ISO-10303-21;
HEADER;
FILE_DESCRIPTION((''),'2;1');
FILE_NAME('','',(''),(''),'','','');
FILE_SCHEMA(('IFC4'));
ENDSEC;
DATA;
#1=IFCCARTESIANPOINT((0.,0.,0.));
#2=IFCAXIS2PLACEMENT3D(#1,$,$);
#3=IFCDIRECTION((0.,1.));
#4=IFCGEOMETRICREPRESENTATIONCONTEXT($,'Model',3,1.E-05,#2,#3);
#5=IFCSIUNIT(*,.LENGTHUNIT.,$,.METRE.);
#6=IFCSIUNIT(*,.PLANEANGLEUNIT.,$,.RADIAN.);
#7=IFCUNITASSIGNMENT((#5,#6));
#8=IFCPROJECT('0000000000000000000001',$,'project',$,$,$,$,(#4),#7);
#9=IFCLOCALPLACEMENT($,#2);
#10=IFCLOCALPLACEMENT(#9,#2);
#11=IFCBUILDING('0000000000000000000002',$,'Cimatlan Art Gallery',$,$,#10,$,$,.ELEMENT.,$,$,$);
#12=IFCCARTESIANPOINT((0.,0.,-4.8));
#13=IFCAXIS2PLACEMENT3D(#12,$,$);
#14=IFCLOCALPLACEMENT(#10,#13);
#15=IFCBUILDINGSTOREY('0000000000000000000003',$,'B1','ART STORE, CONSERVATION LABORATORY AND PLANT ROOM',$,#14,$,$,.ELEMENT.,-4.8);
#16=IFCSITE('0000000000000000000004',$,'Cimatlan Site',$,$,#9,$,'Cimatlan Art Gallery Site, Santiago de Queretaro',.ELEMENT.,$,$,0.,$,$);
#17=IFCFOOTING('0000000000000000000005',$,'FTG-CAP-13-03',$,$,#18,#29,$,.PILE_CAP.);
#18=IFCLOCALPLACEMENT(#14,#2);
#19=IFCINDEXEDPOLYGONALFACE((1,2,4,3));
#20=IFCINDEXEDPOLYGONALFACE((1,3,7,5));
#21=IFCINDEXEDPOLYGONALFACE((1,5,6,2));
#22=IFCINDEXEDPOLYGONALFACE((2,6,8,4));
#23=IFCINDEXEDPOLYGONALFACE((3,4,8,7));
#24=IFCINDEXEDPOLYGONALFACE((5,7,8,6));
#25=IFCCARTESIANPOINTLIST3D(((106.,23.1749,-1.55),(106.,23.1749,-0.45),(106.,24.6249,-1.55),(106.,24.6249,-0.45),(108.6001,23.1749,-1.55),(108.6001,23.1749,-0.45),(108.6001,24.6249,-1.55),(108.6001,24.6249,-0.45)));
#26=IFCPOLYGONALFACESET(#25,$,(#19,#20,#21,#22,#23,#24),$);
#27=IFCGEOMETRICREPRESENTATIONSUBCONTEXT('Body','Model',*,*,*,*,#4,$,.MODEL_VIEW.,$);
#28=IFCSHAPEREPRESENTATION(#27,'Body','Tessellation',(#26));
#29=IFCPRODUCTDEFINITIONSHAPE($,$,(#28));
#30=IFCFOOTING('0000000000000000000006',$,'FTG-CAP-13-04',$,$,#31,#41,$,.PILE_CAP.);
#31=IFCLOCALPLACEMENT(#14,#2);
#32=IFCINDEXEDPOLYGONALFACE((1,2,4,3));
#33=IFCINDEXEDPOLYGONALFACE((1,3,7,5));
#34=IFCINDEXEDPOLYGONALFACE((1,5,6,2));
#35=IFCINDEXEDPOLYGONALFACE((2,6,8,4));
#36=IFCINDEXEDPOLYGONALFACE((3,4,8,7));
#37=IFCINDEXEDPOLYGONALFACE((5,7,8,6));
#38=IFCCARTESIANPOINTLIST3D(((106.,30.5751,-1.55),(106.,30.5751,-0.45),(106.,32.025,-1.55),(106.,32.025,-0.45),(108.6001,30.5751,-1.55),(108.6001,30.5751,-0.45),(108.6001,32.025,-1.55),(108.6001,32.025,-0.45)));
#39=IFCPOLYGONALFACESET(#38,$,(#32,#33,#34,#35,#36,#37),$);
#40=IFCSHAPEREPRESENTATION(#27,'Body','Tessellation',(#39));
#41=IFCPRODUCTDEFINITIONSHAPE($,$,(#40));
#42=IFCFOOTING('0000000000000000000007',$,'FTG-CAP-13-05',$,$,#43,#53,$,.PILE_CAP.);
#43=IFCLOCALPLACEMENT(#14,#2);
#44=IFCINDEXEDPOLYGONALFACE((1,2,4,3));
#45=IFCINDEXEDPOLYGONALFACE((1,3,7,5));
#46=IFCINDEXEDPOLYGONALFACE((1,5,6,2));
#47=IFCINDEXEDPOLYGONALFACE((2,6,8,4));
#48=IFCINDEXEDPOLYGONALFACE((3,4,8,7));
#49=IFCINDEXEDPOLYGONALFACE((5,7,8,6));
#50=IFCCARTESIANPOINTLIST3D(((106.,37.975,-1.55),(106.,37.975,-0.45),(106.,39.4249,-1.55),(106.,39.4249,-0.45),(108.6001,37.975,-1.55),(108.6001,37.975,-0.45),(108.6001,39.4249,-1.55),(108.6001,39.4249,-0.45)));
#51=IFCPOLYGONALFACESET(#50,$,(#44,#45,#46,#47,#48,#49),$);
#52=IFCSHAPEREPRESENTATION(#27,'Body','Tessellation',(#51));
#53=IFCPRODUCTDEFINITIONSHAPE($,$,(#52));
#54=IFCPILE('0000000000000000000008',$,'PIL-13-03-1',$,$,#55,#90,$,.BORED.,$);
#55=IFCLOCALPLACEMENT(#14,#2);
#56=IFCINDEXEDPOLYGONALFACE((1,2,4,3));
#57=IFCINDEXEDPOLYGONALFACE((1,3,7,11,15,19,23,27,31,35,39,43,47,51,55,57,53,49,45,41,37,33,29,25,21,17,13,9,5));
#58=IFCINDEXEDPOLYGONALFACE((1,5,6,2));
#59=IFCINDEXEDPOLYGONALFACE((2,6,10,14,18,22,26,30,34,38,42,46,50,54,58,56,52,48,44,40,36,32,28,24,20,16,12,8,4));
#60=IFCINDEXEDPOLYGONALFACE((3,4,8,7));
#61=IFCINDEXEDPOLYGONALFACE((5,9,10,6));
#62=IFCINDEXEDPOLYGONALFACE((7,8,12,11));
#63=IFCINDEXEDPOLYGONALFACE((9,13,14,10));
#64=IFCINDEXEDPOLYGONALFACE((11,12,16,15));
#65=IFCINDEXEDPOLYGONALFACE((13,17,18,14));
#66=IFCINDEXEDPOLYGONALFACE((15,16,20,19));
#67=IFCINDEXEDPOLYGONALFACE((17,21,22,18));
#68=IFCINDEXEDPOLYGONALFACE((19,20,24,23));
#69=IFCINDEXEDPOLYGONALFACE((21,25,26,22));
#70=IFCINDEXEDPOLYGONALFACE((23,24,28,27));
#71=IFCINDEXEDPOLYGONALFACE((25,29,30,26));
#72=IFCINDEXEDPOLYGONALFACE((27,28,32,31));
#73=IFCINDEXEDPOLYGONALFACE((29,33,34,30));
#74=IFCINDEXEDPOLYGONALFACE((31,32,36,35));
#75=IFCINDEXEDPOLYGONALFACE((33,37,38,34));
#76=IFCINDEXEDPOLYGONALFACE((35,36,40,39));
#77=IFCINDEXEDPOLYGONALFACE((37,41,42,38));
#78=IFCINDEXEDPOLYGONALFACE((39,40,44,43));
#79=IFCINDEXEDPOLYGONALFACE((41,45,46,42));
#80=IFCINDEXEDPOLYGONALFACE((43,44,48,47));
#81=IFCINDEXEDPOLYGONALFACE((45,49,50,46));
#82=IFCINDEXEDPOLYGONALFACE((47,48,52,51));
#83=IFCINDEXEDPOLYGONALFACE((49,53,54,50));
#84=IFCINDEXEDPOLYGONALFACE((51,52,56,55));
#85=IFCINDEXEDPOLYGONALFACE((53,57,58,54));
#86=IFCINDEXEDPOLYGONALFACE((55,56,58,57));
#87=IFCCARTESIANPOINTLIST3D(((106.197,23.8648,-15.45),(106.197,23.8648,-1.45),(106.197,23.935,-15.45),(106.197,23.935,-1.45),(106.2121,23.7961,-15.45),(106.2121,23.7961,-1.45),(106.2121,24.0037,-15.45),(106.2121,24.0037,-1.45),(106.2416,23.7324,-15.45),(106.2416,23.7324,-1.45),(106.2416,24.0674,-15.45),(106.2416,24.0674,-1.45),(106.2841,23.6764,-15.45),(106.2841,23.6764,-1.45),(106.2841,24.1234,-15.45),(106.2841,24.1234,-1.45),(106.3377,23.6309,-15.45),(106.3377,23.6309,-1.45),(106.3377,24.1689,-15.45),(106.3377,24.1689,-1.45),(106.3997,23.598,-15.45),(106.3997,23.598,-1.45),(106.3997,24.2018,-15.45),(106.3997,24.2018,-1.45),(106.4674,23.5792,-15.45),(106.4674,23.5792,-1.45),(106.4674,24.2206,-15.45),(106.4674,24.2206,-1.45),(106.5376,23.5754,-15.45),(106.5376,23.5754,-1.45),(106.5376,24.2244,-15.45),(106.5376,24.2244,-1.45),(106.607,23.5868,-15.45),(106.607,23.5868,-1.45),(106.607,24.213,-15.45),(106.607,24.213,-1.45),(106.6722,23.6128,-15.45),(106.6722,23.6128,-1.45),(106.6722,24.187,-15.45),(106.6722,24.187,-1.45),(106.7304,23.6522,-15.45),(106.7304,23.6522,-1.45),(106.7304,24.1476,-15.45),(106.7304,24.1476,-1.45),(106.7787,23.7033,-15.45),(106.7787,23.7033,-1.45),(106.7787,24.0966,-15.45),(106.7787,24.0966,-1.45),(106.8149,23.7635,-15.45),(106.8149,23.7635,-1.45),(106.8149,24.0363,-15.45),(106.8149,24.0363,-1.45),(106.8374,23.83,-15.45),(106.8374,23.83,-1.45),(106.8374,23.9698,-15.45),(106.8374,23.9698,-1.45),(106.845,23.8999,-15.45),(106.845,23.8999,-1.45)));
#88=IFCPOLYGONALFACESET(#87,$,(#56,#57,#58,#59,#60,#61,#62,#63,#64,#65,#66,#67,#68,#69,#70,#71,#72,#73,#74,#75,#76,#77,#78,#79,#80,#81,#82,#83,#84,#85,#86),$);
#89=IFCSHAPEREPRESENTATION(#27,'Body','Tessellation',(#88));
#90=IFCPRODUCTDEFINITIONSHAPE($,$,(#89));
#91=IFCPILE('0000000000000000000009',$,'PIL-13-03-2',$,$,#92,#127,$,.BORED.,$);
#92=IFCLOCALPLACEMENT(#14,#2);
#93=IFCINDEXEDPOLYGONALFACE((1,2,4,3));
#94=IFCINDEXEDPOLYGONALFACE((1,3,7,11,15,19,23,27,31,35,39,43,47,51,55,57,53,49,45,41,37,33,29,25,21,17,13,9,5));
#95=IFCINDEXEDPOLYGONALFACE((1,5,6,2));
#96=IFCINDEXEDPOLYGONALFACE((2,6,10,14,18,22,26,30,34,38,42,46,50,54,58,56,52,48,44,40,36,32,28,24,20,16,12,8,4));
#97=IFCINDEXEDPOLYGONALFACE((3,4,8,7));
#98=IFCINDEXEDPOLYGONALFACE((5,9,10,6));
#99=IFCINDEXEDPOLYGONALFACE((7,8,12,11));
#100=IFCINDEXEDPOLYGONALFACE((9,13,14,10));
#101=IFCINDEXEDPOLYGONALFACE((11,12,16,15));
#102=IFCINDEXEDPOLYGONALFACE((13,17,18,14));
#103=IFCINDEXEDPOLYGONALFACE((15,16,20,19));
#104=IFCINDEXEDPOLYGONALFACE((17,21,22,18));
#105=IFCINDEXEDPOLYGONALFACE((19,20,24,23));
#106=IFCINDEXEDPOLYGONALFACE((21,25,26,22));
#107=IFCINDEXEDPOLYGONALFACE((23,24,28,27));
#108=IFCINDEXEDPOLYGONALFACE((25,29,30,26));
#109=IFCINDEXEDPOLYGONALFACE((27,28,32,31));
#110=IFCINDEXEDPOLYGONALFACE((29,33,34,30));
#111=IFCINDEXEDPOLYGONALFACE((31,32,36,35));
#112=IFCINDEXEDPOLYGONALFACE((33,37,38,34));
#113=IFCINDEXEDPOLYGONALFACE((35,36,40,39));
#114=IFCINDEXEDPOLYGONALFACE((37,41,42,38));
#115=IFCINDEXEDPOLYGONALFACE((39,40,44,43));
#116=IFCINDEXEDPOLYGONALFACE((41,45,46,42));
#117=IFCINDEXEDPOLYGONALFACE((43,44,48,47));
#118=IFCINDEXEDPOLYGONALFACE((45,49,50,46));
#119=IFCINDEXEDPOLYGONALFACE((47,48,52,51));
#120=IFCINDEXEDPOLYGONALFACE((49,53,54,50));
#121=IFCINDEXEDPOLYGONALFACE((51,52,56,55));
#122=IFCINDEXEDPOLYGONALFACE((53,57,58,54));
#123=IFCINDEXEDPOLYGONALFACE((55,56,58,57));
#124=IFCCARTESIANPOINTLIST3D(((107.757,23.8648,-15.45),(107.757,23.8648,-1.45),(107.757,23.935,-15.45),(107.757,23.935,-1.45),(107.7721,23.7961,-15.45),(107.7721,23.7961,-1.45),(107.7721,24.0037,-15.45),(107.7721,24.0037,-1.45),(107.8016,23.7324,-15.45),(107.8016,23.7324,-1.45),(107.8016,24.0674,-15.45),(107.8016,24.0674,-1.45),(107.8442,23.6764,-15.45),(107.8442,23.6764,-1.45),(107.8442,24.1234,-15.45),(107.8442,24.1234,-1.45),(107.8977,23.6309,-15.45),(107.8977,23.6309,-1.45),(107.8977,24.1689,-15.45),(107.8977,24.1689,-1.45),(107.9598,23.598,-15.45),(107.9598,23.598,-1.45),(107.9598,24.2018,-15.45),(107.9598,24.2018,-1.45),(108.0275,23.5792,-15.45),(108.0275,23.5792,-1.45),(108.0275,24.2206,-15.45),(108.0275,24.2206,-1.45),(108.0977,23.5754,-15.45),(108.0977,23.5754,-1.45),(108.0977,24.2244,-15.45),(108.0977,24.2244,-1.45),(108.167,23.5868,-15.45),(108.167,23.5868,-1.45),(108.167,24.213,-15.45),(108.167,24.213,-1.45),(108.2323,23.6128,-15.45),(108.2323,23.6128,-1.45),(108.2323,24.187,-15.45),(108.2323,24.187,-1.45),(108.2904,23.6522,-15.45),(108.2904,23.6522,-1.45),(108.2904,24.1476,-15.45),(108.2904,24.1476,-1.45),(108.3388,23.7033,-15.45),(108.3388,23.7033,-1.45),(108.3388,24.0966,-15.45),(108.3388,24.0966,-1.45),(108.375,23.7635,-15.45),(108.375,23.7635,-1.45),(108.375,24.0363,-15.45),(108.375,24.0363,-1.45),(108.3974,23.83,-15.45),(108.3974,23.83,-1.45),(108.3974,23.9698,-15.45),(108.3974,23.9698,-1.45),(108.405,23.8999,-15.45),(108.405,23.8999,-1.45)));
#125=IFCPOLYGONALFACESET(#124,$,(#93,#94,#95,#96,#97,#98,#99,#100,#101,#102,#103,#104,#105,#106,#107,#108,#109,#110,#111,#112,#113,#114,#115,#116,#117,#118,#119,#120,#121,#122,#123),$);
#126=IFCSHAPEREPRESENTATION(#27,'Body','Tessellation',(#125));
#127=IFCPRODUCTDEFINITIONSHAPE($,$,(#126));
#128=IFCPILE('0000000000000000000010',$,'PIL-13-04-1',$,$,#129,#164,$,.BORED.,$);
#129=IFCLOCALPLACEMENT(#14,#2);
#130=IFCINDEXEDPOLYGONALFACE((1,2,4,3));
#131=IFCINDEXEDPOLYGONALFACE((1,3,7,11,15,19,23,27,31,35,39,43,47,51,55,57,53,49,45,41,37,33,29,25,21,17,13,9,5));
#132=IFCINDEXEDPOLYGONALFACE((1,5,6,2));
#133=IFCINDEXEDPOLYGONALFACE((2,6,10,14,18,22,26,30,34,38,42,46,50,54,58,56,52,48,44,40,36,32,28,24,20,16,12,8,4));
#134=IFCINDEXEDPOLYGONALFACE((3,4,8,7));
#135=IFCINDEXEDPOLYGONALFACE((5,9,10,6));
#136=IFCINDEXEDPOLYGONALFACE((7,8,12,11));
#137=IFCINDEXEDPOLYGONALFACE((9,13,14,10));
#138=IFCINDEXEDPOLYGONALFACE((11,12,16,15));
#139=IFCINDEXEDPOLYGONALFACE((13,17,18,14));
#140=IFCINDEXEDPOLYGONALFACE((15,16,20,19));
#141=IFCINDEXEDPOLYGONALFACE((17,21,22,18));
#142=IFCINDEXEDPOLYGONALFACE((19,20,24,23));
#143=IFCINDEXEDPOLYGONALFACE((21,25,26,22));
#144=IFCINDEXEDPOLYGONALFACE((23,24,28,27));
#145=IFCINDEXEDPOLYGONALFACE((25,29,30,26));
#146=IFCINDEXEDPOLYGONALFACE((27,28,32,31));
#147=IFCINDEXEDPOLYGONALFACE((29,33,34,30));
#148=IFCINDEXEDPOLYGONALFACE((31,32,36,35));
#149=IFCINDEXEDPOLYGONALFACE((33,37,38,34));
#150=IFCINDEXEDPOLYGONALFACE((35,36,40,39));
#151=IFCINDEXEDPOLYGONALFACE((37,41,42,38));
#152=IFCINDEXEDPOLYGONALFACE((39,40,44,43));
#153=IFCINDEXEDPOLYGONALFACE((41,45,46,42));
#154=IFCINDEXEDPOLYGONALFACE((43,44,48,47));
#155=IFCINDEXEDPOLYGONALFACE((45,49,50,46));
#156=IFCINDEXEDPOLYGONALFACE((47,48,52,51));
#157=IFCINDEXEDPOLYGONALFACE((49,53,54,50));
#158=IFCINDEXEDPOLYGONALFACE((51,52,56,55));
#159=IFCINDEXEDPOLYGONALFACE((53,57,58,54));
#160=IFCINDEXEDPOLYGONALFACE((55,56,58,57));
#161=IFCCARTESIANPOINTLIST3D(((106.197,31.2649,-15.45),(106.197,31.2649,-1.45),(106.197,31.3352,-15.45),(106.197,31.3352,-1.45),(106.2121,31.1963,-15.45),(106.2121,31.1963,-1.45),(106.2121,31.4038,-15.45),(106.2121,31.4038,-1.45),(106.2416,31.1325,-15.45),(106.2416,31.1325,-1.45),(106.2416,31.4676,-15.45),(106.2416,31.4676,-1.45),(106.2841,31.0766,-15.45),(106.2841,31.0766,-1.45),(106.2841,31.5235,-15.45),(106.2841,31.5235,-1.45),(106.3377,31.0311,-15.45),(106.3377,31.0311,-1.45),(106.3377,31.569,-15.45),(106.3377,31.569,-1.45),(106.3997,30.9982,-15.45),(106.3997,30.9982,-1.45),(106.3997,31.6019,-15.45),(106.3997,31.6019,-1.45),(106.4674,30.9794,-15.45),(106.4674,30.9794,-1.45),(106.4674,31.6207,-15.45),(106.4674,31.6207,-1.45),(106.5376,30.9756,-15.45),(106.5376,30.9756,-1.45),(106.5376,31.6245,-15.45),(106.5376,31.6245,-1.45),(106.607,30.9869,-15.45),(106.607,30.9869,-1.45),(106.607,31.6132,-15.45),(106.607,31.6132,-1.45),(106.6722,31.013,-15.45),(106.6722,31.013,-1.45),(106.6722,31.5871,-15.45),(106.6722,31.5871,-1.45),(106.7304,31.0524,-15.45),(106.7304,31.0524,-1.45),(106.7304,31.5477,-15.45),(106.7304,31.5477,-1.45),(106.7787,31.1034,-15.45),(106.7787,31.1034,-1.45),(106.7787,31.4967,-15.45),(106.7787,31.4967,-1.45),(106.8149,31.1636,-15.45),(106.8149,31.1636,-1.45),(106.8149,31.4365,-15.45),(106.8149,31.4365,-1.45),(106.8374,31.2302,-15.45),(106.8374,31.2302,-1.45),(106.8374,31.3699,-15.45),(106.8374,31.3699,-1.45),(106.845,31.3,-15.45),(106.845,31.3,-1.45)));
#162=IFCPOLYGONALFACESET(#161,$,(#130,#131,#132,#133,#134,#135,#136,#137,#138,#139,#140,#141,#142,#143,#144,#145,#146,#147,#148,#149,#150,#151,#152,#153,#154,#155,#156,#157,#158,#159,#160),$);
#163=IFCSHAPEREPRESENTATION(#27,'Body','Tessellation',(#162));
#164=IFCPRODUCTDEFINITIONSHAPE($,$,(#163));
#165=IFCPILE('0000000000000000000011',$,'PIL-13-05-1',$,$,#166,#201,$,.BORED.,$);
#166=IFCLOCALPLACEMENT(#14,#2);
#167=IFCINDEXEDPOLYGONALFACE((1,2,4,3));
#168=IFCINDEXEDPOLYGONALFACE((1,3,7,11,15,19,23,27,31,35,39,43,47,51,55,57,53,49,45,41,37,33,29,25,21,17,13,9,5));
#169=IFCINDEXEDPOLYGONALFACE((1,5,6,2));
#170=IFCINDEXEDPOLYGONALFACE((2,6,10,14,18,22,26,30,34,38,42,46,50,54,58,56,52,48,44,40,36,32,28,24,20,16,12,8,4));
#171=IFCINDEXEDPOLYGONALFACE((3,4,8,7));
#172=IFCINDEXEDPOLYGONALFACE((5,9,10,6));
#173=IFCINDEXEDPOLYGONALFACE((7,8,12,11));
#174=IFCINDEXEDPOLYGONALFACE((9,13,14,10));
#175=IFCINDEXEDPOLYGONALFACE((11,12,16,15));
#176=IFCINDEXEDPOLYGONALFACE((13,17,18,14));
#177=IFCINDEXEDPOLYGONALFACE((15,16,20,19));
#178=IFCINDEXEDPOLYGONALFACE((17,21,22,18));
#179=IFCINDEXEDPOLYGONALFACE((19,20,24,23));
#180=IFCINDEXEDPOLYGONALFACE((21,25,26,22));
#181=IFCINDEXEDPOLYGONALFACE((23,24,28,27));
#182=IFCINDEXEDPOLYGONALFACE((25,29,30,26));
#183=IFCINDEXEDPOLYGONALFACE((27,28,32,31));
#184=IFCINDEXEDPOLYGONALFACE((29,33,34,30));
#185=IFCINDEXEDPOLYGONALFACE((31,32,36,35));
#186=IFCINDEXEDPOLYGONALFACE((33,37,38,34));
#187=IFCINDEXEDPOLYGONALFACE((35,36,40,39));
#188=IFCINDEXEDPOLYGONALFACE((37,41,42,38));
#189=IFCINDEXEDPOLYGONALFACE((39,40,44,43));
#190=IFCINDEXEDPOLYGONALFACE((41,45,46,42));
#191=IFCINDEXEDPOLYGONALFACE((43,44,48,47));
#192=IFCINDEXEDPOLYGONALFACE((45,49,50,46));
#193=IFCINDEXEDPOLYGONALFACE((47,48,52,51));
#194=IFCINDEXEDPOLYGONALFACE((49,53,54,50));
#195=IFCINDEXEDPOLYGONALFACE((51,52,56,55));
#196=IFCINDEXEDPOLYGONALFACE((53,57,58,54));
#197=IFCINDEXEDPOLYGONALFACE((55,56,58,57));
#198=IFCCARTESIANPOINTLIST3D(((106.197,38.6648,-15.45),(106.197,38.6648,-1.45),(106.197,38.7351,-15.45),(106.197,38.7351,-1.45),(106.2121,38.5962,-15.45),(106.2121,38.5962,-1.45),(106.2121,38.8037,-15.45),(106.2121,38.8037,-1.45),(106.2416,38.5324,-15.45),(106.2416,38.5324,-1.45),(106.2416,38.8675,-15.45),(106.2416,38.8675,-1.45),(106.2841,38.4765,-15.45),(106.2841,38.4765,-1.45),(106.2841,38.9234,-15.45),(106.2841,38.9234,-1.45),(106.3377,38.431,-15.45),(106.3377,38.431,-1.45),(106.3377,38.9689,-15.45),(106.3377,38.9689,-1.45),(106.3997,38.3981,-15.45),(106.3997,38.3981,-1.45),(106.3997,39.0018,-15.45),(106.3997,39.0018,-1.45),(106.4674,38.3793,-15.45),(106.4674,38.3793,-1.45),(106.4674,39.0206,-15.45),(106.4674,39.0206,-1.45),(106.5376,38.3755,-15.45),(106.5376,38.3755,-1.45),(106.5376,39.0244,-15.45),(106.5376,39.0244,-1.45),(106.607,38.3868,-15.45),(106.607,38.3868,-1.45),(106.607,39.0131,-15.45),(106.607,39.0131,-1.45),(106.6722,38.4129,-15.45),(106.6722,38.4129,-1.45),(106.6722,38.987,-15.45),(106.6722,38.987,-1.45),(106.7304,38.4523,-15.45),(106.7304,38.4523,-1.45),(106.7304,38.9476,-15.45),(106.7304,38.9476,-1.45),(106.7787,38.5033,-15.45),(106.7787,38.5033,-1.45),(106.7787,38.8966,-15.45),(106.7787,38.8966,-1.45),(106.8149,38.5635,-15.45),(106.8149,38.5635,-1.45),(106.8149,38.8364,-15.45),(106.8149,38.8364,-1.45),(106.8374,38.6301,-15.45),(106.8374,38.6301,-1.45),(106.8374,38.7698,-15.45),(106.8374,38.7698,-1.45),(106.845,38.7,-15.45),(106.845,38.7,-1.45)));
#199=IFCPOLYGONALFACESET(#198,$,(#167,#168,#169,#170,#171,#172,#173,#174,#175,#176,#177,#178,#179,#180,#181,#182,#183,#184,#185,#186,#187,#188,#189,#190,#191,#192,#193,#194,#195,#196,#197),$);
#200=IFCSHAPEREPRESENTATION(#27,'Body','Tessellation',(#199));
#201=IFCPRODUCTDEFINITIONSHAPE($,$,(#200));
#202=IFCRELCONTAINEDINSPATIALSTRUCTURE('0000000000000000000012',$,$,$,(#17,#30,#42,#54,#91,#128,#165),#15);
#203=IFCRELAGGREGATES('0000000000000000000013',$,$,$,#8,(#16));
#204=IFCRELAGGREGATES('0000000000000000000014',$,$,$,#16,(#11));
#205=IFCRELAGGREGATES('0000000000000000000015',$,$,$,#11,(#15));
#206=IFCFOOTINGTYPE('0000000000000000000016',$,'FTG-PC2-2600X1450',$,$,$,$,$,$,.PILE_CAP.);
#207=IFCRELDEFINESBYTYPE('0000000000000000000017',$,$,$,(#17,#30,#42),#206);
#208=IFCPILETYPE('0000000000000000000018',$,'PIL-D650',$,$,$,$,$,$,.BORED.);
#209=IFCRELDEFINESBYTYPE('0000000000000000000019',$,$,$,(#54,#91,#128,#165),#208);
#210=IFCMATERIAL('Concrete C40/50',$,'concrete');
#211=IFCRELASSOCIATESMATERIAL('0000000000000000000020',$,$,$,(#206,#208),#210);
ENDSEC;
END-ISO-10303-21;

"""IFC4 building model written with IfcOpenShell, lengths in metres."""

from ifc_helpers import new_model, si_unit, direction, frame, origin, origin_2d, place, context, subcontext, project, spatial, rectangle, circle, extrude, material, type_object, element, save


model = new_model("IFC4")

# Units and contexts
model_context = context("Model", 3, precision=1e-05, world=origin(), true_north=direction((0.0, 1.0)))
body_context = subcontext(model_context, "Body", "Model", "MODEL_VIEW")
ifc_project = project(units=[si_unit("LENGTHUNIT", "METRE"), si_unit("PLANEANGLEUNIT", "RADIAN")], contexts=[model_context])

# Site, building, storey
site_placement = place(None, origin())
site = spatial("IfcSite", under=ifc_project, at=site_placement, Name="Cimatlan Site", LongName="Cimatlan Art Gallery Site, Santiago de Queretaro", CompositionType="ELEMENT", RefElevation=0.0)
building_placement = place(site_placement, origin())
building = spatial("IfcBuilding", under=site, at=building_placement, Name="Cimatlan Art Gallery", CompositionType="ELEMENT")
storey_placement = place(building_placement, frame((0.0, 0.0, -4.8)))
storey = spatial("IfcBuildingStorey", under=building, at=storey_placement, Name="B1", Description="ART STORE, CONSERVATION LABORATORY AND PLANT ROOM", CompositionType="ELEMENT", Elevation=-4.8)

# Footings
ifc_material_1 = material(Name="Concrete C40/50", Category="concrete")
footing_type = type_object("IfcFootingType", Name="FTG-PC2-2600X1450", PredefinedType="PILE_CAP", material=ifc_material_1)
for number, where, z_axis, x_axis, name in (
    (1, (107.3, 23.8999, -1.55), (0.0, 0.0, 1.0), (1.0, 0.0, 0.0), "FTG-CAP-13-03"),
    (2, (107.3, 31.3, -1.55), (0.0, 0.0, 1.0), (1.0, 0.0, 0.0), "FTG-CAP-13-04"),
    (3, (107.3, 38.7, -1.55), (0.0, 0.0, 1.0), (1.0, 0.0, 0.0), "FTG-CAP-13-05"),
):
    element("IfcFooting", number, at=place(storey_placement, frame(where, z_axis=z_axis, x_axis=x_axis)), inside=storey, type_object=footing_type, Name=name, PredefinedType="PILE_CAP", context=body_context, shape_type="SweptSolid", body=[
        extrude(rectangle(XDim=2.6001, YDim=1.45, at=origin_2d()), origin(), (0.0, 0.0, 1.0), 1.1001),
    ])

# Piles
pile_type_1 = type_object("IfcPileType", Name="PIL-D650", PredefinedType="BORED", material=ifc_material_1)
for number, where, z_axis, x_axis, name in (
    (4, (106.52, 23.8999, -1.45), (0.0, 0.0, -1.0), (1.0, 0.0, 0.0), "PIL-13-03-1"),
    (5, (108.0801, 23.8999, -1.45), (0.0, 0.0, -1.0), (1.0, 0.0, 0.0), "PIL-13-03-2"),
    (6, (106.52, 31.3, -1.45), (0.0, 0.0, -1.0), (1.0, 0.0, 0.0), "PIL-13-04-1"),
    (7, (106.52, 38.7, -1.45), (0.0, 0.0, -1.0), (1.0, 0.0, 0.0), "PIL-13-05-1"),
):
    element("IfcPile", number, at=place(storey_placement, frame(where, z_axis=z_axis, x_axis=x_axis)), inside=storey, type_object=pile_type_1, Name=name, PredefinedType="BORED", context=body_context, shape_type="SweptSolid", body=[
        extrude(circle(Radius=0.325, at=origin_2d()), origin(), (0.0, 0.0, 1.0), 14.0),
    ])

save(model, "model.ifc")
